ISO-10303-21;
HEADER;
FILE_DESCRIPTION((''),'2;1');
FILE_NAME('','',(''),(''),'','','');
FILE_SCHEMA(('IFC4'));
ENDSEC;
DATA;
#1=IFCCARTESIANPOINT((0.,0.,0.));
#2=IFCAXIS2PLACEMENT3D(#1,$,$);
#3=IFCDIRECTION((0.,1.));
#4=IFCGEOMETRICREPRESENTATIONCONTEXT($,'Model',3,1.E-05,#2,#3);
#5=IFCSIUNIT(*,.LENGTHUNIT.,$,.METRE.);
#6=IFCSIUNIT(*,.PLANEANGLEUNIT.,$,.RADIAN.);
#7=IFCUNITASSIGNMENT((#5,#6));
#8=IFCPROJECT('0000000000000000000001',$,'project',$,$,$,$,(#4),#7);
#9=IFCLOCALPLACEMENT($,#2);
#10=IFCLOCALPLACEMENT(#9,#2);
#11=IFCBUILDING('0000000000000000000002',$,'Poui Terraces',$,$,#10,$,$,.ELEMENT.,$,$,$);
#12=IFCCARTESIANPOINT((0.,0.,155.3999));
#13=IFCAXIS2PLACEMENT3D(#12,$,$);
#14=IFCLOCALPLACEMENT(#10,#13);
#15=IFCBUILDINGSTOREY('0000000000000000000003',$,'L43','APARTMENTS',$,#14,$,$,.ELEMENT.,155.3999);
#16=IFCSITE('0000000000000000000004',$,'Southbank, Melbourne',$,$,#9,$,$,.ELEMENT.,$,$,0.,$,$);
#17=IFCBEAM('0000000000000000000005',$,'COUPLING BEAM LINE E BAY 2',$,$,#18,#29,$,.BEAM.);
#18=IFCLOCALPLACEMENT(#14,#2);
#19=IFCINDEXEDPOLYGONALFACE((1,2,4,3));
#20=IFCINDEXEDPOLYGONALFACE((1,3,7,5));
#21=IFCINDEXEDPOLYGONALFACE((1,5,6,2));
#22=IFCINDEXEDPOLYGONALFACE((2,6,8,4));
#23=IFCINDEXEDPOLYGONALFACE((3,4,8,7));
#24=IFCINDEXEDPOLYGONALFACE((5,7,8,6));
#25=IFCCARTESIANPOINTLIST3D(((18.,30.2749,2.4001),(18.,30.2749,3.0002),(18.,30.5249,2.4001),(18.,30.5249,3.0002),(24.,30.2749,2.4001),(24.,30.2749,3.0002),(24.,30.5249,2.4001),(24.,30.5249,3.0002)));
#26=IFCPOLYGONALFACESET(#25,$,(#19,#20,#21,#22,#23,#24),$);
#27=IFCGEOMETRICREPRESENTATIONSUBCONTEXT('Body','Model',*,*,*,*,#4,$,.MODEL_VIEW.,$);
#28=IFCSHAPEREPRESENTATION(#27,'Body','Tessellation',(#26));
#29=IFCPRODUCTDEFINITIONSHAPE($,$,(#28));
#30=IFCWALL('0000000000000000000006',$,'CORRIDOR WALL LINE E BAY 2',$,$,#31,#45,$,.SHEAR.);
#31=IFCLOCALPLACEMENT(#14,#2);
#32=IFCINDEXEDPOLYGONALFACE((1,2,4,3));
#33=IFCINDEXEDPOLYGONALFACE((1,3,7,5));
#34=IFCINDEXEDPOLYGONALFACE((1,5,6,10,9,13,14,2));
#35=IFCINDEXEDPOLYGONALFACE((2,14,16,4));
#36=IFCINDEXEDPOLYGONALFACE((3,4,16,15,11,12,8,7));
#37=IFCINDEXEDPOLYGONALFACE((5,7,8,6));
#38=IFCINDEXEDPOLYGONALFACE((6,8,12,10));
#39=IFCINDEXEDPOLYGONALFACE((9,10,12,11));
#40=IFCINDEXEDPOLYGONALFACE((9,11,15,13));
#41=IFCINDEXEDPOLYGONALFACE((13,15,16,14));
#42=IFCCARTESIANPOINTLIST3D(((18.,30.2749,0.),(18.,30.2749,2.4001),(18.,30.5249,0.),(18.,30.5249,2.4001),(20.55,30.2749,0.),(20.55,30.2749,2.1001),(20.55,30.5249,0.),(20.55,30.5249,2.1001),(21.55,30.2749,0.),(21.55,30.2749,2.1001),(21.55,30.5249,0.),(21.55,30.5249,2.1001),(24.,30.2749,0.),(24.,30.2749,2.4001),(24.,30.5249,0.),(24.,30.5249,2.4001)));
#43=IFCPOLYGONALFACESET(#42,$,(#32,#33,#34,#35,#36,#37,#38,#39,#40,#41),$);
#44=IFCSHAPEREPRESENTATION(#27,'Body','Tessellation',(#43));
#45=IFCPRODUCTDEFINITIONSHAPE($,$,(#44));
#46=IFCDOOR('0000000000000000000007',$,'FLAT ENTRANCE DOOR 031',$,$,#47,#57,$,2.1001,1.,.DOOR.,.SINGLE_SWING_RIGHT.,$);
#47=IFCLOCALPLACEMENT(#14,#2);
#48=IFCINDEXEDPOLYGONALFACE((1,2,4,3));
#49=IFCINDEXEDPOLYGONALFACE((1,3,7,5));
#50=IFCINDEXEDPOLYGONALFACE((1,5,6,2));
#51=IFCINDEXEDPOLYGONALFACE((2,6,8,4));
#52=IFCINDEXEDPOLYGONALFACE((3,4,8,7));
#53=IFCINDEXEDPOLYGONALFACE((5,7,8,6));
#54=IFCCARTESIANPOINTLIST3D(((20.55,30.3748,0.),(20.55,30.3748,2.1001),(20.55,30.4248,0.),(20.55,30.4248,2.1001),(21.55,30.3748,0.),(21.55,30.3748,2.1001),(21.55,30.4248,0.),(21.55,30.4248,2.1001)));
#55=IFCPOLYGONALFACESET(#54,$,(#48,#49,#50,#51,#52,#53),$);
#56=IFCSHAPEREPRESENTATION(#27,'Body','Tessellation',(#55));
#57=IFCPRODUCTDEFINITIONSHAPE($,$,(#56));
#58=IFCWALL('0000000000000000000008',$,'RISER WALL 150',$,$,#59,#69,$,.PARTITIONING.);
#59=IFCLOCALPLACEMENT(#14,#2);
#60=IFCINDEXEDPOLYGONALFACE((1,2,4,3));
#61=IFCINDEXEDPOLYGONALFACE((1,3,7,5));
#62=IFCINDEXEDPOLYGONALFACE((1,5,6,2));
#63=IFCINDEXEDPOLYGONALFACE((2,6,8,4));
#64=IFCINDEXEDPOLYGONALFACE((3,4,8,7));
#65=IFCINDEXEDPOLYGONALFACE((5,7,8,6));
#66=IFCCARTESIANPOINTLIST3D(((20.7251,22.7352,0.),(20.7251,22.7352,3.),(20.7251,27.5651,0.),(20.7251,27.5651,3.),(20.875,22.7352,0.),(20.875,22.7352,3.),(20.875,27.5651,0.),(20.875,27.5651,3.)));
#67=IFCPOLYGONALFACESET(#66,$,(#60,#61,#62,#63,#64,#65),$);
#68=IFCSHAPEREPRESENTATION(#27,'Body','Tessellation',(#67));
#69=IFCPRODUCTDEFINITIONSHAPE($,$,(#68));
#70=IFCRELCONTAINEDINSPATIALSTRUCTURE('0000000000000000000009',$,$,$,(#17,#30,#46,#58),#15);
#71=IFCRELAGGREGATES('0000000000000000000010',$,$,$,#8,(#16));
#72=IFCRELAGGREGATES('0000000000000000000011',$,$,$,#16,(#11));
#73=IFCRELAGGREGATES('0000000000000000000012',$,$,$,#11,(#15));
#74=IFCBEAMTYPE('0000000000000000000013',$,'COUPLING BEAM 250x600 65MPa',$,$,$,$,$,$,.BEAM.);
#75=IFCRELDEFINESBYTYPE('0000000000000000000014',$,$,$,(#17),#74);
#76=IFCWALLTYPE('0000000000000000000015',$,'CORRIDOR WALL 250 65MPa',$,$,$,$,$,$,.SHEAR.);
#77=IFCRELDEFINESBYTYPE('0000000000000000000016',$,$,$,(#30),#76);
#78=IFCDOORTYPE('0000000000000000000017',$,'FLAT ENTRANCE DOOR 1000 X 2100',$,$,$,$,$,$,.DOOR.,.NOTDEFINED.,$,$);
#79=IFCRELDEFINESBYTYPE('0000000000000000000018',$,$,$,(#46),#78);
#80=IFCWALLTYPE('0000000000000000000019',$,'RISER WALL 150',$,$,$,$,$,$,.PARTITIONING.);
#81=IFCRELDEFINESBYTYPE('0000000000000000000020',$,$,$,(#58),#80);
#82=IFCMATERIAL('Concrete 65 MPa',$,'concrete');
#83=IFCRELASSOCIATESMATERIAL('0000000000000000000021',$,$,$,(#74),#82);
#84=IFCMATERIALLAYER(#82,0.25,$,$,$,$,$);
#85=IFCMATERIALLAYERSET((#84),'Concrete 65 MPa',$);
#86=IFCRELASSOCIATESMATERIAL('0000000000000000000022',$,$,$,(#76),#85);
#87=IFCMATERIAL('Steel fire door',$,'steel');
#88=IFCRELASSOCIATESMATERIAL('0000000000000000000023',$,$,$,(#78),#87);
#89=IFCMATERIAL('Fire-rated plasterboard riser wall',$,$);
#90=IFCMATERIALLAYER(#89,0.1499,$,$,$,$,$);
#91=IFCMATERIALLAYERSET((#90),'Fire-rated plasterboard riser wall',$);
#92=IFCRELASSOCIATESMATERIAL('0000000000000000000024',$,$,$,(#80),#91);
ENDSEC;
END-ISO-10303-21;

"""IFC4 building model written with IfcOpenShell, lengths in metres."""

from ifc_helpers import new_model, si_unit, direction, frame, frame_2d, origin, origin_2d, place, context, subcontext, project, spatial, rectangle, extrude, source, transform, mapped, material, layer, layer_set, material_profile, profile_set, type_object, element, fill, save


model = new_model("IFC4")

# Units and contexts
model_context = context("Model", 3, precision=1e-05, world=origin(), true_north=direction((0.0, 1.0)))
body_context = subcontext(model_context, "Body", "Model", "MODEL_VIEW")
ifc_project = project(units=[si_unit("LENGTHUNIT", "METRE"), si_unit("PLANEANGLEUNIT", "RADIAN")], contexts=[model_context])

# Site, building, storey
site_placement = place(None, origin())
site = spatial("IfcSite", under=ifc_project, at=site_placement, Name="Southbank, Melbourne", CompositionType="ELEMENT", RefElevation=0.0)
building_placement = place(site_placement, origin())
building = spatial("IfcBuilding", under=site, at=building_placement, Name="Poui Terraces", CompositionType="ELEMENT")
storey_placement = place(building_placement, frame((0.0, 0.0, 155.3999)))
storey = spatial("IfcBuildingStorey", under=building, at=storey_placement, Name="L43", Description="APARTMENTS", CompositionType="ELEMENT", Elevation=155.3999)

# Beam
ifc_material_1 = material(Name="Concrete 65 MPa", Category="concrete")
ifc_material_profile = material_profile(ifc_material_1, rectangle(XDim=0.25, YDim=0.6001, at=origin_2d()), Name="RC 250x600")
ifc_profile_set = profile_set([ifc_material_profile], Name="Concrete 65 MPa")
beam_type = type_object("IfcBeamType", Name="COUPLING BEAM 250x600 65MPa", PredefinedType="BEAM", material=ifc_profile_set)
shared_shape = source(origin(), body_context, "Body", "SweptSolid", [
    extrude(rectangle(XDim=0.25, YDim=0.6001, at=origin_2d()), origin(), (0.0, 0.0, 1.0), 6.0),
])
beam_placement = place(storey_placement, frame((18.0, 30.3999, 2.7002), z_axis=(1.0, 0.0, 0.0), x_axis=(0.0, 1.0, 0.0)))
element("IfcBeam", 1, at=beam_placement, inside=storey, type_object=beam_type, Name="COUPLING BEAM LINE E BAY 2", PredefinedType="BEAM", context=body_context, shape_type="MappedRepresentation", body=[
    mapped(shared_shape, transform((0.0, 0.0, 0.0))),
])

# Wall, opening, door
ifc_layer_1 = layer(ifc_material_1, 0.25)
ifc_layer_set_1 = layer_set([ifc_layer_1], Name="Concrete 65 MPa")
wall_type_1 = type_object("IfcWallType", Name="CORRIDOR WALL 250 65MPa", PredefinedType="SHEAR", material=ifc_layer_set_1)
wall_1_placement = place(storey_placement, frame((18.0, 30.3999, 0.0), z_axis=(0.0, 0.0, 1.0), x_axis=(1.0, 0.0, 0.0)))
wall_1 = element("IfcWall", 2, at=wall_1_placement, inside=storey, type_object=wall_type_1, Name="CORRIDOR WALL LINE E BAY 2", PredefinedType="SHEAR", context=body_context, shape_type="SweptSolid", body=[
    extrude(rectangle(XDim=6.0, YDim=0.25, at=frame_2d((3.0, 0.0))), origin(), (0.0, 0.0, 1.0), 2.4001),
])
opening_placement = place(wall_1_placement, frame((2.55, 0.0, 0.0)))
opening = element("IfcOpeningElement", 3, at=opening_placement, cuts=wall_1, PredefinedType="OPENING", context=body_context, shape_type="SweptSolid", body=[
    extrude(rectangle(XDim=1.0, YDim=2.1001, at=frame_2d((0.5, 1.05))), frame((0.0, 0.135, 0.0), z_axis=(0.0, -1.0, 0.0), x_axis=(1.0, 0.0, 0.0)), (0.0, 0.0, 1.0), 0.27),
])
ifc_material_2 = material(Name="Steel fire door", Category="steel")
door_type = type_object("IfcDoorType", Name="FLAT ENTRANCE DOOR 1000 X 2100", OperationType="NOTDEFINED", PredefinedType="DOOR", material=ifc_material_2)
door_placement = place(opening_placement, origin())
door = element("IfcDoor", 4, at=door_placement, inside=storey, type_object=door_type, Name="FLAT ENTRANCE DOOR 031", OperationType="SINGLE_SWING_RIGHT", OverallHeight=2.1001, OverallWidth=1.0, PredefinedType="DOOR", context=body_context, shape_type="SweptSolid", body=[
    extrude(rectangle(XDim=1.0, YDim=2.1001, at=frame_2d((0.5, 1.05))), frame((0.0, 0.0249, 0.0), z_axis=(0.0, -1.0, 0.0), x_axis=(1.0, 0.0, 0.0)), (0.0, 0.0, 1.0), 0.05),
])
fill(opening, door)

# Wall
ifc_material_3 = material(Name="Fire-rated plasterboard riser wall")
ifc_layer_2 = layer(ifc_material_3, 0.1499)
ifc_layer_set_2 = layer_set([ifc_layer_2], Name="Fire-rated plasterboard riser wall")
wall_type_2 = type_object("IfcWallType", Name="RISER WALL 150", PredefinedType="PARTITIONING", material=ifc_layer_set_2)
wall_2_placement = place(storey_placement, frame((20.8, 22.7351, 0.0), z_axis=(0.0, 0.0, 1.0), x_axis=(0.0, 1.0, 0.0)))
element("IfcWall", 5, at=wall_2_placement, inside=storey, type_object=wall_type_2, Name="RISER WALL 150", PredefinedType="PARTITIONING", context=body_context, shape_type="SweptSolid", body=[
    extrude(rectangle(XDim=4.8298, YDim=0.1499, at=frame_2d((2.415, 0.0))), origin(), (0.0, 0.0, 1.0), 3.0),
])

save(model, "model.ifc")
